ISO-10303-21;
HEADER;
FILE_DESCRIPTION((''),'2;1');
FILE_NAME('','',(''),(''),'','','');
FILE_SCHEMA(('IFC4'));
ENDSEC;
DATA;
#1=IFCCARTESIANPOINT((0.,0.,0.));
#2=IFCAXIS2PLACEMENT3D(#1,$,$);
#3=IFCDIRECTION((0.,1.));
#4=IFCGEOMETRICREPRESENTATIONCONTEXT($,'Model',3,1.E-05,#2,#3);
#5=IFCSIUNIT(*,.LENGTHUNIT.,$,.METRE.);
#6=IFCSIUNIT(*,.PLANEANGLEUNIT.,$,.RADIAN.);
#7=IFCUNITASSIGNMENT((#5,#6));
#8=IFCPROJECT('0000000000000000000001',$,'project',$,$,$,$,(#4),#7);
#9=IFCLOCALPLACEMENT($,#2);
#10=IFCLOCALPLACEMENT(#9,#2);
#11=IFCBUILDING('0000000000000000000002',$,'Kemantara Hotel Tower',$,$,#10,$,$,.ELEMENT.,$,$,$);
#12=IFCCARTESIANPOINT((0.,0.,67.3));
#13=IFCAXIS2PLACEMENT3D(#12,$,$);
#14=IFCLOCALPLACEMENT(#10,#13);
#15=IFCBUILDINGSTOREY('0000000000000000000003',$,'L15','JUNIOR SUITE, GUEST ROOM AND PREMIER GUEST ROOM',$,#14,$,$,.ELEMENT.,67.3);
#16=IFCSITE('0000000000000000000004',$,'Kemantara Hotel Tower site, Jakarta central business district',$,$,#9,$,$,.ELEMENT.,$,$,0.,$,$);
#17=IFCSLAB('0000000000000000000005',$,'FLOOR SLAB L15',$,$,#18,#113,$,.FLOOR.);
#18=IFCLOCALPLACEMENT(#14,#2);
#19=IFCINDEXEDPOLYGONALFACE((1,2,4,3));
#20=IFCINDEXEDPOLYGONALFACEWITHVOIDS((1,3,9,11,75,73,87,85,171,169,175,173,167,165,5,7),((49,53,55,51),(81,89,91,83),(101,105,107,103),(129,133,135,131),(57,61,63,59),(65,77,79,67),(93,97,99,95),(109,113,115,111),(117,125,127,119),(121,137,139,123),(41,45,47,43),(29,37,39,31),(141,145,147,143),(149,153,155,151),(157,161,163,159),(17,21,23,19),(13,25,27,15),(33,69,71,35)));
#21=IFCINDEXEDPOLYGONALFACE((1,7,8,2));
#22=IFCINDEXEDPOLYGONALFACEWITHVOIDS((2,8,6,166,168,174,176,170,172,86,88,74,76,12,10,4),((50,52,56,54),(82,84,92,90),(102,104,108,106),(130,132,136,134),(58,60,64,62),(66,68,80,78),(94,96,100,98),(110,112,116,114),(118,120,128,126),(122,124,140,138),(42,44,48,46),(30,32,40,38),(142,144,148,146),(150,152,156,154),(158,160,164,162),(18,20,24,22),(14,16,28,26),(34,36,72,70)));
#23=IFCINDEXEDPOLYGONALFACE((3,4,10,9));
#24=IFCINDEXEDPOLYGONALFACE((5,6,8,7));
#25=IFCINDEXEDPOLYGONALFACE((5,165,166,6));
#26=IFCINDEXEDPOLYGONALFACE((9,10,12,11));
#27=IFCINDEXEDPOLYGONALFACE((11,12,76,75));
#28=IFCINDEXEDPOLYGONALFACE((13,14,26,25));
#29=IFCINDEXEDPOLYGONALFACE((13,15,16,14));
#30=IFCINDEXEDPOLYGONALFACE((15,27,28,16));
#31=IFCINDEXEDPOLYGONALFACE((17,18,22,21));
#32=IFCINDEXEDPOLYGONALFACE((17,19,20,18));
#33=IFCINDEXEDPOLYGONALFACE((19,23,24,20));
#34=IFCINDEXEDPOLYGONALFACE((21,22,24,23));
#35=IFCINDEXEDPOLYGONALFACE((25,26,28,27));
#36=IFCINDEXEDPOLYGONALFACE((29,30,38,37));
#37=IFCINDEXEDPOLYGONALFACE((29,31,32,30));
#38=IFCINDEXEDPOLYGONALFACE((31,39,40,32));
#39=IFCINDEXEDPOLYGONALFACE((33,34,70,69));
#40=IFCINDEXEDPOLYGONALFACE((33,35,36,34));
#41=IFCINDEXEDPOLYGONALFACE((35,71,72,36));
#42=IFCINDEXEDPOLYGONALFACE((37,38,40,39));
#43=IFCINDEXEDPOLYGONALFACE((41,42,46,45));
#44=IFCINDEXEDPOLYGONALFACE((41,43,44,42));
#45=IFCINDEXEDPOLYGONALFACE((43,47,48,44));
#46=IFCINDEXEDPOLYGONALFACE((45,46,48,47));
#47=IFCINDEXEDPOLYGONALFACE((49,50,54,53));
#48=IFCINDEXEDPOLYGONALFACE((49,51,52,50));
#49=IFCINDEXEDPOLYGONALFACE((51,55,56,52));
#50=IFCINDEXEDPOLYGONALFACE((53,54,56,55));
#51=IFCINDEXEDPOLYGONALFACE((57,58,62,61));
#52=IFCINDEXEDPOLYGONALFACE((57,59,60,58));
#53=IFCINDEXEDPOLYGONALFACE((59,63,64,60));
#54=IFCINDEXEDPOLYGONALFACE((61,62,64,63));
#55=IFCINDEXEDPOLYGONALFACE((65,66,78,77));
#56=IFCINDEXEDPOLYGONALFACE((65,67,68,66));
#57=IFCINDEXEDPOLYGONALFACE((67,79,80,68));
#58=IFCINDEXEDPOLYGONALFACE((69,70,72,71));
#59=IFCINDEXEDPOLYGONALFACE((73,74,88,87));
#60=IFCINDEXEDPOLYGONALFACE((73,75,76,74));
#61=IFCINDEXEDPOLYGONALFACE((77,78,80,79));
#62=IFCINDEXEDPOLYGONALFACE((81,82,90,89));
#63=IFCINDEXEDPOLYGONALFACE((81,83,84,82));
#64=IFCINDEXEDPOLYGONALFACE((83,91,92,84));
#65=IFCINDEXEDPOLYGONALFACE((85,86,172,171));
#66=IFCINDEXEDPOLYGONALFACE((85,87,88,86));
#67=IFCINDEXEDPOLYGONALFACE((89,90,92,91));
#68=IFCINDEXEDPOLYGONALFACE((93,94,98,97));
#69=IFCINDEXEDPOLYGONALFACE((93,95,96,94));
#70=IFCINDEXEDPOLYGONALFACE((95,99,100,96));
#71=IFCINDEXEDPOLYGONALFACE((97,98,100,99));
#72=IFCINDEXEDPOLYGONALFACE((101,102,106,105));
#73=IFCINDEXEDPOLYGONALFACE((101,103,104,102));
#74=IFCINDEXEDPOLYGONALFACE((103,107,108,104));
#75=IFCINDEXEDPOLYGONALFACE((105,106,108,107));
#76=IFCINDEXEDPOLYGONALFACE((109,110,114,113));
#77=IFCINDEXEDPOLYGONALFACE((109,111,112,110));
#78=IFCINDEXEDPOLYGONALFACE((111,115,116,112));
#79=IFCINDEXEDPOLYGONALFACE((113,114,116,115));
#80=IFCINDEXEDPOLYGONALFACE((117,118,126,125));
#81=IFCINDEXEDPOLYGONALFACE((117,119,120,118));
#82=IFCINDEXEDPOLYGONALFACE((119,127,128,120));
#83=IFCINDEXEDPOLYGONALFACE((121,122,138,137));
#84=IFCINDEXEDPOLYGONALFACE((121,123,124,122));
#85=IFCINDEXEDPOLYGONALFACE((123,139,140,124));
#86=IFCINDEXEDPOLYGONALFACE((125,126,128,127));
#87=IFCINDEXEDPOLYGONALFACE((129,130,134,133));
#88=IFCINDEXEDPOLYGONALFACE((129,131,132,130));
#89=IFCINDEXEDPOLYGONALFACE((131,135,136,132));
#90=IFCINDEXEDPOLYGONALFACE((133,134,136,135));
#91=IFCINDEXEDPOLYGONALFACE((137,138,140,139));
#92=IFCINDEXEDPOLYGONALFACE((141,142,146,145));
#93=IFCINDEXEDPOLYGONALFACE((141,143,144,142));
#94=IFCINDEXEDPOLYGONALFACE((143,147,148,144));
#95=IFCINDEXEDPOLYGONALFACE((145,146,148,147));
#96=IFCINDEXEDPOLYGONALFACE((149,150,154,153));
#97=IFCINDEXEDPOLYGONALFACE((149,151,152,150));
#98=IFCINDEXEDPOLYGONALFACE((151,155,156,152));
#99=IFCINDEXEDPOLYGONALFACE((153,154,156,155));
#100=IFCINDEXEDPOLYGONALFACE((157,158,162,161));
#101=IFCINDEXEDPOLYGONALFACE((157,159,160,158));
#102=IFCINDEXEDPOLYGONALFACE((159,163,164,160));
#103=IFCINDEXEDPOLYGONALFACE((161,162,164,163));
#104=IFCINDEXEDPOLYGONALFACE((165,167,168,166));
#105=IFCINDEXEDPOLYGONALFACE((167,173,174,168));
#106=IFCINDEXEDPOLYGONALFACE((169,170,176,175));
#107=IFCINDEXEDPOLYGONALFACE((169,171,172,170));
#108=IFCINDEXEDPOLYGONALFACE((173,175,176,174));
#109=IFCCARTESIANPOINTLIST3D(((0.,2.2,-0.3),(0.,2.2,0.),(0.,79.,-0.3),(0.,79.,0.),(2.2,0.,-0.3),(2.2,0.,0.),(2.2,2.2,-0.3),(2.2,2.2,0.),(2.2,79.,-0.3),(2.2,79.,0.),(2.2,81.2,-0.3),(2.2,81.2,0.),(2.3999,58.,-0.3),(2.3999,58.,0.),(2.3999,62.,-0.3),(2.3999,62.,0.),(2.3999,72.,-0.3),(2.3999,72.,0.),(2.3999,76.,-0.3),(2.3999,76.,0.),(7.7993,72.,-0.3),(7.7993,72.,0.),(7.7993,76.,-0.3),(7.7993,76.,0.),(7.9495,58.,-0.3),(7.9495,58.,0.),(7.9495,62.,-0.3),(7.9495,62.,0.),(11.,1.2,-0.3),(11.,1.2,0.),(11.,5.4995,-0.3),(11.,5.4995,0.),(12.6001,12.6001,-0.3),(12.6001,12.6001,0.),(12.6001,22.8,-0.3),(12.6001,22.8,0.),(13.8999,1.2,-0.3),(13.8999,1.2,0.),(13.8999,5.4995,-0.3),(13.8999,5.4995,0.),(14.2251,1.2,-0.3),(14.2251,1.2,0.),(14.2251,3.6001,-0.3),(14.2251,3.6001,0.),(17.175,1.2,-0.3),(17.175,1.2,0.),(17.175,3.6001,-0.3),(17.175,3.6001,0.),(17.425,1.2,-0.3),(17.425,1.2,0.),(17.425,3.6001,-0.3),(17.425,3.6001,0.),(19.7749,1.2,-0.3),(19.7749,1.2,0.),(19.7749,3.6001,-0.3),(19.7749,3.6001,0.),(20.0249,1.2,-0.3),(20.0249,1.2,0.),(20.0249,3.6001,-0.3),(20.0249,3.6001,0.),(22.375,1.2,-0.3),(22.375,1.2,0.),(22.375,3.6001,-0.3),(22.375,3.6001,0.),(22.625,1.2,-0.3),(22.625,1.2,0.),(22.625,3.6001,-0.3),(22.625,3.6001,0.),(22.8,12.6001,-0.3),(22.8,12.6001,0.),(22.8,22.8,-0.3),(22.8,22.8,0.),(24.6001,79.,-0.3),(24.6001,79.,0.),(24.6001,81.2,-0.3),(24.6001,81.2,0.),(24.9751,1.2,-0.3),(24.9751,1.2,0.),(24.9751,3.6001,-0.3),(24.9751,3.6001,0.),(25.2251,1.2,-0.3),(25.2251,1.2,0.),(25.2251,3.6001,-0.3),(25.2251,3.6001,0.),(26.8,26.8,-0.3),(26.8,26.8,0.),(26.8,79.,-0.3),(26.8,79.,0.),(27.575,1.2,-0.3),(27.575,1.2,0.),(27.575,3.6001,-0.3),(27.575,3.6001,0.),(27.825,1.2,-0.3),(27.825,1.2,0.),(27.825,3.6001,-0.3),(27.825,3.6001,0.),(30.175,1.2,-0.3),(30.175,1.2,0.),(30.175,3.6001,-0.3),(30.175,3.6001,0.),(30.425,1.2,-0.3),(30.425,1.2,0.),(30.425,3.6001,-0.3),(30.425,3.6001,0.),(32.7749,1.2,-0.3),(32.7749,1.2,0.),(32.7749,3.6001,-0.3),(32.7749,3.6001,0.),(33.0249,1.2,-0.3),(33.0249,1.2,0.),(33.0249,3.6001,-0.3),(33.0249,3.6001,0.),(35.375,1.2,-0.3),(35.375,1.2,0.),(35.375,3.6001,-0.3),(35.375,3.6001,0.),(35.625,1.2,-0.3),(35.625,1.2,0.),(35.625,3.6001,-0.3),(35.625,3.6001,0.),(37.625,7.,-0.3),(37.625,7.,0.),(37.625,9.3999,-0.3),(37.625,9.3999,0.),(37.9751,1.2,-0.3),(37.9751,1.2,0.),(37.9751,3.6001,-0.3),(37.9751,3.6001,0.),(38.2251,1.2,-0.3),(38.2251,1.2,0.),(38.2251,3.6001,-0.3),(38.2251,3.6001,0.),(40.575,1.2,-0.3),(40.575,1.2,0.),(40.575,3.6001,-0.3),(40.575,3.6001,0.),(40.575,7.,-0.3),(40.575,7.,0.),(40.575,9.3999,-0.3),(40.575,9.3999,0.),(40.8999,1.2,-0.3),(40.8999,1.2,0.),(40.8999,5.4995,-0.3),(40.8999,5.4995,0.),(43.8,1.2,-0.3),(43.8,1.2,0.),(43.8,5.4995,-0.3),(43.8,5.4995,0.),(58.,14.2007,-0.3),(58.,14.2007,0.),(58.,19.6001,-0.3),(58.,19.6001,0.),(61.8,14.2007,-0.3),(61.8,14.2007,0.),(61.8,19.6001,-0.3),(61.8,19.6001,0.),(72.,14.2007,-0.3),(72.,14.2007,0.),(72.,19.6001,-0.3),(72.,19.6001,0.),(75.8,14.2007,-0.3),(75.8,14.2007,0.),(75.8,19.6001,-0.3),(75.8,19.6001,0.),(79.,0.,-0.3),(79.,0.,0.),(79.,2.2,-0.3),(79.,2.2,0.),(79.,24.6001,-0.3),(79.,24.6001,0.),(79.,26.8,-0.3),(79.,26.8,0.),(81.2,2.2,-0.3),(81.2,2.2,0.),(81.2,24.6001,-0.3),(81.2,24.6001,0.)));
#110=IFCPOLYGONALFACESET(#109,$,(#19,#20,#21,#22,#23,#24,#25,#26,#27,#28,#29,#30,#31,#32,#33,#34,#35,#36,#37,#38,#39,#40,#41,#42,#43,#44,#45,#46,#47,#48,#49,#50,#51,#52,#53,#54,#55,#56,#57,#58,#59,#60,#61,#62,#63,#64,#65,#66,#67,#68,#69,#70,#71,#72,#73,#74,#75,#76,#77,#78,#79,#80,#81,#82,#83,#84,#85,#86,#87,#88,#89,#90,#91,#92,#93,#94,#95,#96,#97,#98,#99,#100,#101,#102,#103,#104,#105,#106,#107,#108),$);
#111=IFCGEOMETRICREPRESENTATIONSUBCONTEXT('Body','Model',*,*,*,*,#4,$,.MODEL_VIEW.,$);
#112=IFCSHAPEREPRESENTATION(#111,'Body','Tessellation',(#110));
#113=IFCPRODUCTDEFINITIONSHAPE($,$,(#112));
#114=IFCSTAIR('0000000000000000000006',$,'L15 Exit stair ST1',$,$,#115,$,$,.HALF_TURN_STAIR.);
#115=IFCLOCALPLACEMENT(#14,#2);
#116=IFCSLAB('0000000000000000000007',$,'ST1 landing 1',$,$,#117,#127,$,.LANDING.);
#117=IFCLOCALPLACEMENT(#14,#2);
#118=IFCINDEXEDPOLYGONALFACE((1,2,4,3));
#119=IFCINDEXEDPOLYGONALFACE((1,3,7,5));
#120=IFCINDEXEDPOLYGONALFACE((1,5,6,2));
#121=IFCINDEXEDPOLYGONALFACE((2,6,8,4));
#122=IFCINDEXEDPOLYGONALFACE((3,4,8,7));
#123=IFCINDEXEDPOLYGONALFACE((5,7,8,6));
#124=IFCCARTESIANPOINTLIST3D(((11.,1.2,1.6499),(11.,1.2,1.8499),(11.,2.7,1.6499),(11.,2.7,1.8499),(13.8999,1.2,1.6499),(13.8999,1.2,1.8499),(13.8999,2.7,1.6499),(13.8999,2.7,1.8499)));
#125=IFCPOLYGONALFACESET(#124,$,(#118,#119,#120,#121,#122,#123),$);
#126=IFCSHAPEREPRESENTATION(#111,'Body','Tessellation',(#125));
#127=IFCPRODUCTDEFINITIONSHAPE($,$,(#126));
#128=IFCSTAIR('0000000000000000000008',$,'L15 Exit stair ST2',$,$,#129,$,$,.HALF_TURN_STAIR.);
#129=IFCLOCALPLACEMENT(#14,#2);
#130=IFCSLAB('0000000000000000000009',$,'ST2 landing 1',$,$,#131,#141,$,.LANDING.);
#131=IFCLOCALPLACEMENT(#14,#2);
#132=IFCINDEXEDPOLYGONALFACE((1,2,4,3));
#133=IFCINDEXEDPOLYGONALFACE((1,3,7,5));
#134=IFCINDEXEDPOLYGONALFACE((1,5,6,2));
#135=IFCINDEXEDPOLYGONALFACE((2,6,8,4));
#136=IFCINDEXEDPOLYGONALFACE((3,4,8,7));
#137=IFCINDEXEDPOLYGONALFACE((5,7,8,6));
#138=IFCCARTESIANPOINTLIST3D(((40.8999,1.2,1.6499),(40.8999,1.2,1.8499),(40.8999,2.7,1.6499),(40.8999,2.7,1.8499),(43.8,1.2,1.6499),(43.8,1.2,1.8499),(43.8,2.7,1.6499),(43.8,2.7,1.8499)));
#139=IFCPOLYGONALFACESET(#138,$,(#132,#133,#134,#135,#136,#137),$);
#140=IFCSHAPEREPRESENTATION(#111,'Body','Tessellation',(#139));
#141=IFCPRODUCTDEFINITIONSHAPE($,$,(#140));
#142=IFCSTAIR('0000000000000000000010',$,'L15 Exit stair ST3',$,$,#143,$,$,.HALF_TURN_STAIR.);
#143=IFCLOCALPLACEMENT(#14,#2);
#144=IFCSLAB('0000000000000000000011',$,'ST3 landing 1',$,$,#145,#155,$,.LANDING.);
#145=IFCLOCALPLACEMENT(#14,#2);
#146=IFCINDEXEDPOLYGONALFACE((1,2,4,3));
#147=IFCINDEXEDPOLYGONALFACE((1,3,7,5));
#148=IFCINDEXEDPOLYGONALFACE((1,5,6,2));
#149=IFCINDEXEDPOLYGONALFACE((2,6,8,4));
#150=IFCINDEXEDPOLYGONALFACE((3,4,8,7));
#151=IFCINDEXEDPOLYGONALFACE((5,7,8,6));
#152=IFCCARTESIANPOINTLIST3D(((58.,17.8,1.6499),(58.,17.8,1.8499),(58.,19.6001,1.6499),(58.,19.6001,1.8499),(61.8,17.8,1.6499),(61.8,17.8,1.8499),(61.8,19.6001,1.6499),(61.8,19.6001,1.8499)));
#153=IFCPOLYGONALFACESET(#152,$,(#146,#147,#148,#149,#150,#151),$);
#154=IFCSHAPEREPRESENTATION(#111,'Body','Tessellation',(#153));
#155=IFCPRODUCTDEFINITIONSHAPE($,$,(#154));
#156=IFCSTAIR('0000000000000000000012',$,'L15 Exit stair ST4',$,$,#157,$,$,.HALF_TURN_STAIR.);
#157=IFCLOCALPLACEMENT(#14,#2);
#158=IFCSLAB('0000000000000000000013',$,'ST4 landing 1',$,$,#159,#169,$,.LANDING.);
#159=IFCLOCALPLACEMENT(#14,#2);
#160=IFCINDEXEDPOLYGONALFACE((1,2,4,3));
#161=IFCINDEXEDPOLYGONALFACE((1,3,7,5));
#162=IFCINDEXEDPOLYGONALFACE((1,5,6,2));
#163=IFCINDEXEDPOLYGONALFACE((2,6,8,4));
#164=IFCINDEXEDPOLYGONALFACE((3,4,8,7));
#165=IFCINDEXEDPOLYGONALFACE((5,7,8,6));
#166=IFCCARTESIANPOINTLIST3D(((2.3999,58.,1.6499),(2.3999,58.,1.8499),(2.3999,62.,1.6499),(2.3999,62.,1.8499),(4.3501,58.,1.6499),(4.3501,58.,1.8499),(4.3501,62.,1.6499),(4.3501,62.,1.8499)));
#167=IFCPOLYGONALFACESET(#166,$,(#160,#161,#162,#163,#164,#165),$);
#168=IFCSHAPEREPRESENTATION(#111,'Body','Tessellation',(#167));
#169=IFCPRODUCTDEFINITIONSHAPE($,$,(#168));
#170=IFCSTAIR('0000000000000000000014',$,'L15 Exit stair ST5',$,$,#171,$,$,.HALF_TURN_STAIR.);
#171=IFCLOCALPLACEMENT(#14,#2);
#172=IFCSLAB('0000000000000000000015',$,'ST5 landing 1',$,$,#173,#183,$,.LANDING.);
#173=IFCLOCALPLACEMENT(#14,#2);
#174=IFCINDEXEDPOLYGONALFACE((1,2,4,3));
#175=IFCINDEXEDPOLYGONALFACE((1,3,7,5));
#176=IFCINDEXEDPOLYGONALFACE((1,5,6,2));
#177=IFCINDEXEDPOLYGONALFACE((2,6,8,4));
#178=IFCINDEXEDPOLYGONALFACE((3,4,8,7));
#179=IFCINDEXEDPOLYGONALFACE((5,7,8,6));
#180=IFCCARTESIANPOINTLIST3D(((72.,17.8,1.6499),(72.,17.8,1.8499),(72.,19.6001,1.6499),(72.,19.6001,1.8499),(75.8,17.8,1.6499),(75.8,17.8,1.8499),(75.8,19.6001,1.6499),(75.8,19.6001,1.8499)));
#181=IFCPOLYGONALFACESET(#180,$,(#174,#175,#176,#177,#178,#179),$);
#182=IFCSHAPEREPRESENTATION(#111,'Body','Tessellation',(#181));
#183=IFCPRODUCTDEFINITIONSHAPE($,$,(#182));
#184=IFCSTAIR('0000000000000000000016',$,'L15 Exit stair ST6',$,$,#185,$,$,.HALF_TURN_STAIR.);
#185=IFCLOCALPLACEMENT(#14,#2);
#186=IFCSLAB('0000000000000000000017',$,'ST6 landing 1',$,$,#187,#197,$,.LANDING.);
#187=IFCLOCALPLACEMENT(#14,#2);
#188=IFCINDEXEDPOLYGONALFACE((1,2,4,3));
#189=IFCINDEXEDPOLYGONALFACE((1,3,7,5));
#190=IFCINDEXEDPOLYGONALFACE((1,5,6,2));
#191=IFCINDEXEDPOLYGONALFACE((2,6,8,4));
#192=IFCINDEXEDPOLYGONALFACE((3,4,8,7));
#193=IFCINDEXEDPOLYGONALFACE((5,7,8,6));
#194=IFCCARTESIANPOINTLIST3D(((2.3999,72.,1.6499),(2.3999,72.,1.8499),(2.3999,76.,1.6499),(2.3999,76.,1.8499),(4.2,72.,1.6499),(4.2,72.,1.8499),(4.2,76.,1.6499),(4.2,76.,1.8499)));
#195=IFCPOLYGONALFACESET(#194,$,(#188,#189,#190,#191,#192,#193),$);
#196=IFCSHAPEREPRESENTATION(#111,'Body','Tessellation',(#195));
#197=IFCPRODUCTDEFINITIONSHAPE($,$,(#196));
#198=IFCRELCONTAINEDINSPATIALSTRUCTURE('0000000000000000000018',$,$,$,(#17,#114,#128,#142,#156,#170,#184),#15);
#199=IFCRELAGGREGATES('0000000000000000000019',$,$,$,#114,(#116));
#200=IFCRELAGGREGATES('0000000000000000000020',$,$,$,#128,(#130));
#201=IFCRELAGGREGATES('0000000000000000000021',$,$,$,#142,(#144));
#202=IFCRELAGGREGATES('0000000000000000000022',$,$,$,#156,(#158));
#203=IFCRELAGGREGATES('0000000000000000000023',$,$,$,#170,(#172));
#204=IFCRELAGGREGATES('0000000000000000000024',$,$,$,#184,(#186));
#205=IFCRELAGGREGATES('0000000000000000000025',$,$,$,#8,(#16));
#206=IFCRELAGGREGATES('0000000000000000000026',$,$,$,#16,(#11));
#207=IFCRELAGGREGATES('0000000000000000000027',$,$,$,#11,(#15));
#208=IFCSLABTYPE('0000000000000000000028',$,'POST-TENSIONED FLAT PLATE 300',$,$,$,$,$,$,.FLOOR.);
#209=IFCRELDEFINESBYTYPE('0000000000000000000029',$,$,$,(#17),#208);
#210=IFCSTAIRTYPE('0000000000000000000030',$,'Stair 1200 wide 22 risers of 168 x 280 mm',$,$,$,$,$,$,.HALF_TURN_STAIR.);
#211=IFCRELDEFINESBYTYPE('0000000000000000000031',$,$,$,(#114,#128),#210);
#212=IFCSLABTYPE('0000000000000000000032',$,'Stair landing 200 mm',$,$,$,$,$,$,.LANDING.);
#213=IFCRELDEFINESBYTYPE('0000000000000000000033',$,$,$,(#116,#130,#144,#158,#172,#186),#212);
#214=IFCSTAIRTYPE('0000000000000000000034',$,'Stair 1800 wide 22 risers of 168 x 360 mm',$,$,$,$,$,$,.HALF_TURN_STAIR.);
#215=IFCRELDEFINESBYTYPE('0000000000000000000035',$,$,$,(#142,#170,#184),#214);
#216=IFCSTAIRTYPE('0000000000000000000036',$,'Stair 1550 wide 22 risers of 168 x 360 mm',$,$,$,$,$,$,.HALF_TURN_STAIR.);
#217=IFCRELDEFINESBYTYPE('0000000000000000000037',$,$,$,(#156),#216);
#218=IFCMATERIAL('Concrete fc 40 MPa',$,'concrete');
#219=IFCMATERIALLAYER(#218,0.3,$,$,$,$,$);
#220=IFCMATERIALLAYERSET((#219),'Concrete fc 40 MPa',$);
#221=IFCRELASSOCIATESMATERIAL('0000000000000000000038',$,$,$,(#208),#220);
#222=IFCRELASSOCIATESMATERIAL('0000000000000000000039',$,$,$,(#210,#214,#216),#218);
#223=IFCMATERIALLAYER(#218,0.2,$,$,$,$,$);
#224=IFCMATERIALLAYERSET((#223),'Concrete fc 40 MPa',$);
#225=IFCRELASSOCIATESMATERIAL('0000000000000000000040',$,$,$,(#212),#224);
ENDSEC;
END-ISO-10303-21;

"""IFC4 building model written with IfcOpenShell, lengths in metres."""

from ifc_helpers import new_model, si_unit, direction, frame, origin, place, context, subcontext, project, spatial, polyline, outline, extrude, material, layer, layer_set, type_object, element, aggregate, save


model = new_model("IFC4")

# Units and contexts
model_context = context("Model", 3, precision=1e-05, world=origin(), true_north=direction((0.0, 1.0)))
body_context = subcontext(model_context, "Body", "Model", "MODEL_VIEW")
ifc_project = project(units=[si_unit("LENGTHUNIT", "METRE"), si_unit("PLANEANGLEUNIT", "RADIAN")], contexts=[model_context])

# Site, building, storey
site_placement = place(None, origin())
site = spatial("IfcSite", under=ifc_project, at=site_placement, Name="Kemantara Hotel Tower site, Jakarta central business district", CompositionType="ELEMENT", RefElevation=0.0)
building_placement = place(site_placement, origin())
building = spatial("IfcBuilding", under=site, at=building_placement, Name="Kemantara Hotel Tower", CompositionType="ELEMENT")
storey_placement = place(building_placement, frame((0.0, 0.0, 67.3)))
storey = spatial("IfcBuildingStorey", under=building, at=storey_placement, Name="L15", Description="JUNIOR SUITE, GUEST ROOM AND PREMIER GUEST ROOM", CompositionType="ELEMENT", Elevation=67.3)

# Slab
ifc_material_1 = material(Name="Concrete fc 40 MPa", Category="concrete")
ifc_layer_1 = layer(ifc_material_1, 0.3)
ifc_layer_set_1 = layer_set([ifc_layer_1], Name="Concrete fc 40 MPa")
slab_type_1 = type_object("IfcSlabType", Name="POST-TENSIONED FLAT PLATE 300", PredefinedType="FLOOR", material=ifc_layer_set_1)
slab_1_placement = place(storey_placement, frame((0.0, 0.0, -0.3)))
element("IfcSlab", 1, at=slab_1_placement, inside=storey, type_object=slab_type_1, Name="FLOOR SLAB L15", PredefinedType="FLOOR", context=body_context, shape_type="SweptSolid", body=[
    extrude(outline(polyline([(0.0, 2.2), (2.2, 2.2), (2.2, 0.0), (79.0, 0.0), (79.0, 2.2), (81.2, 2.2), (81.2, 24.6001), (79.0, 24.6001), (79.0, 26.8), (26.8, 26.8), (26.8, 79.0), (24.6001, 79.0), (24.6001, 81.2), (2.2, 81.2), (2.2, 79.0), (0.0, 79.0), (0.0, 2.2)]), holes=[polyline([(17.175, 1.2), (14.2251, 1.2), (14.2251, 3.6001), (17.175, 3.6001), (17.175, 1.2)]), polyline([(19.7749, 1.2), (17.425, 1.2), (17.425, 3.6001), (19.7749, 3.6001), (19.7749, 1.2)]), polyline([(22.375, 1.2), (20.0249, 1.2), (20.0249, 3.6001), (22.375, 3.6001), (22.375, 1.2)]), polyline([(24.9751, 1.2), (22.625, 1.2), (22.625, 3.6001), (24.9751, 3.6001), (24.9751, 1.2)]), polyline([(27.575, 1.2), (25.2251, 1.2), (25.2251, 3.6001), (27.575, 3.6001), (27.575, 1.2)]), polyline([(11.0, 1.2), (11.0, 5.4995), (13.8999, 5.4995), (13.8999, 1.2), (11.0, 1.2)]), polyline([(22.8, 12.6001), (12.6001, 12.6001), (12.6001, 22.8), (22.8, 22.8), (22.8, 12.6001)]), polyline([(7.9495, 62.0), (7.9495, 58.0), (2.3999, 58.0), (2.3999, 62.0), (7.9495, 62.0)]), polyline([(7.7993, 76.0), (7.7993, 72.0), (2.3999, 72.0), (2.3999, 76.0), (7.7993, 76.0)]), polyline([(30.175, 1.2), (27.825, 1.2), (27.825, 3.6001), (30.175, 3.6001), (30.175, 1.2)]), polyline([(32.7749, 1.2), (30.425, 1.2), (30.425, 3.6001), (32.7749, 3.6001), (32.7749, 1.2)]), polyline([(35.375, 1.2), (33.0249, 1.2), (33.0249, 3.6001), (35.375, 3.6001), (35.375, 1.2)]), polyline([(37.9751, 1.2), (35.625, 1.2), (35.625, 3.6001), (37.9751, 3.6001), (37.9751, 1.2)]), polyline([(40.575, 1.2), (38.2251, 1.2), (38.2251, 3.6001), (40.575, 3.6001), (40.575, 1.2)]), polyline([(40.8999, 1.2), (40.8999, 5.4995), (43.8, 5.4995), (43.8, 1.2), (40.8999, 1.2)]), polyline([(40.575, 7.0), (37.625, 7.0), (37.625, 9.3999), (40.575, 9.3999), (40.575, 7.0)]), polyline([(61.8, 14.2007), (58.0, 14.2007), (58.0, 19.6001), (61.8, 19.6001), (61.8, 14.2007)]), polyline([(75.8, 14.2007), (72.0, 14.2007), (72.0, 19.6001), (75.8, 19.6001), (75.8, 14.2007)])]), origin(), (0.0, 0.0, 1.0), 0.3),
])

# Stairs, slabs
stair_type_1 = type_object("IfcStairType", Name="Stair 1200 wide 22 risers of 168 x 280 mm", PredefinedType="HALF_TURN_STAIR", material=ifc_material_1)
stair_1_placement = place(storey_placement, origin())
stair_1 = element("IfcStair", 2, at=stair_1_placement, inside=storey, type_object=stair_type_1, Name="L15 Exit stair ST1", PredefinedType="HALF_TURN_STAIR")
ifc_layer_2 = layer(ifc_material_1, 0.2)
ifc_layer_set_2 = layer_set([ifc_layer_2], Name="Concrete fc 40 MPa")
slab_type_2 = type_object("IfcSlabType", Name="Stair landing 200 mm", PredefinedType="LANDING", material=ifc_layer_set_2)
slab_2_placement = place(storey_placement, frame((0.0, 0.0, 1.6499)))
slab_2 = element("IfcSlab", 3, at=slab_2_placement, type_object=slab_type_2, Name="ST1 landing 1", PredefinedType="LANDING", context=body_context, shape_type="SweptSolid", body=[
    extrude(outline(polyline([(11.0, 2.7), (11.0, 1.2), (13.8999, 1.2), (13.8999, 2.7), (11.0, 2.7)])), origin(), (0.0, 0.0, 1.0), 0.2),
])
aggregate(stair_1, [slab_2])
stair_2_placement = place(storey_placement, origin())
stair_2 = element("IfcStair", 4, at=stair_2_placement, inside=storey, type_object=stair_type_1, Name="L15 Exit stair ST2", PredefinedType="HALF_TURN_STAIR")
slab_3_placement = place(storey_placement, frame((0.0, 0.0, 1.6499)))
slab_3 = element("IfcSlab", 5, at=slab_3_placement, type_object=slab_type_2, Name="ST2 landing 1", PredefinedType="LANDING", context=body_context, shape_type="SweptSolid", body=[
    extrude(outline(polyline([(40.8999, 2.7), (40.8999, 1.2), (43.8, 1.2), (43.8, 2.7), (40.8999, 2.7)])), origin(), (0.0, 0.0, 1.0), 0.2),
])
aggregate(stair_2, [slab_3])
stair_type_2 = type_object("IfcStairType", Name="Stair 1800 wide 22 risers of 168 x 360 mm", PredefinedType="HALF_TURN_STAIR", material=ifc_material_1)
stair_3_placement = place(storey_placement, origin())
stair_3 = element("IfcStair", 6, at=stair_3_placement, inside=storey, type_object=stair_type_2, Name="L15 Exit stair ST3", PredefinedType="HALF_TURN_STAIR")
slab_4_placement = place(storey_placement, frame((0.0, 0.0, 1.6499)))
slab_4 = element("IfcSlab", 7, at=slab_4_placement, type_object=slab_type_2, Name="ST3 landing 1", PredefinedType="LANDING", context=body_context, shape_type="SweptSolid", body=[
    extrude(outline(polyline([(61.8, 17.8), (61.8, 19.6001), (58.0, 19.6001), (58.0, 17.8), (61.8, 17.8)])), origin(), (0.0, 0.0, 1.0), 0.2),
])
aggregate(stair_3, [slab_4])
stair_type_3 = type_object("IfcStairType", Name="Stair 1550 wide 22 risers of 168 x 360 mm", PredefinedType="HALF_TURN_STAIR", material=ifc_material_1)
stair_4_placement = place(storey_placement, origin())
stair_4 = element("IfcStair", 8, at=stair_4_placement, inside=storey, type_object=stair_type_3, Name="L15 Exit stair ST4", PredefinedType="HALF_TURN_STAIR")
slab_5_placement = place(storey_placement, frame((0.0, 0.0, 1.6499)))
slab_5 = element("IfcSlab", 9, at=slab_5_placement, type_object=slab_type_2, Name="ST4 landing 1", PredefinedType="LANDING", context=body_context, shape_type="SweptSolid", body=[
    extrude(outline(polyline([(4.3501, 62.0), (2.3999, 62.0), (2.3999, 58.0), (4.3501, 58.0), (4.3501, 62.0)])), origin(), (0.0, 0.0, 1.0), 0.2),
])
aggregate(stair_4, [slab_5])
stair_5_placement = place(storey_placement, origin())
stair_5 = element("IfcStair", 10, at=stair_5_placement, inside=storey, type_object=stair_type_2, Name="L15 Exit stair ST5", PredefinedType="HALF_TURN_STAIR")
slab_6_placement = place(storey_placement, frame((0.0, 0.0, 1.6499)))
slab_6 = element("IfcSlab", 11, at=slab_6_placement, type_object=slab_type_2, Name="ST5 landing 1", PredefinedType="LANDING", context=body_context, shape_type="SweptSolid", body=[
    extrude(outline(polyline([(75.8, 17.8), (75.8, 19.6001), (72.0, 19.6001), (72.0, 17.8), (75.8, 17.8)])), origin(), (0.0, 0.0, 1.0), 0.2),
])
aggregate(stair_5, [slab_6])
stair_6_placement = place(storey_placement, origin())
stair_6 = element("IfcStair", 12, at=stair_6_placement, inside=storey, type_object=stair_type_2, Name="L15 Exit stair ST6", PredefinedType="HALF_TURN_STAIR")
slab_7_placement = place(storey_placement, frame((0.0, 0.0, 1.6499)))
slab_7 = element("IfcSlab", 13, at=slab_7_placement, type_object=slab_type_2, Name="ST6 landing 1", PredefinedType="LANDING", context=body_context, shape_type="SweptSolid", body=[
    extrude(outline(polyline([(4.2, 76.0), (2.3999, 76.0), (2.3999, 72.0), (4.2, 72.0), (4.2, 76.0)])), origin(), (0.0, 0.0, 1.0), 0.2),
])
aggregate(stair_6, [slab_7])

save(model, "model.ifc")
